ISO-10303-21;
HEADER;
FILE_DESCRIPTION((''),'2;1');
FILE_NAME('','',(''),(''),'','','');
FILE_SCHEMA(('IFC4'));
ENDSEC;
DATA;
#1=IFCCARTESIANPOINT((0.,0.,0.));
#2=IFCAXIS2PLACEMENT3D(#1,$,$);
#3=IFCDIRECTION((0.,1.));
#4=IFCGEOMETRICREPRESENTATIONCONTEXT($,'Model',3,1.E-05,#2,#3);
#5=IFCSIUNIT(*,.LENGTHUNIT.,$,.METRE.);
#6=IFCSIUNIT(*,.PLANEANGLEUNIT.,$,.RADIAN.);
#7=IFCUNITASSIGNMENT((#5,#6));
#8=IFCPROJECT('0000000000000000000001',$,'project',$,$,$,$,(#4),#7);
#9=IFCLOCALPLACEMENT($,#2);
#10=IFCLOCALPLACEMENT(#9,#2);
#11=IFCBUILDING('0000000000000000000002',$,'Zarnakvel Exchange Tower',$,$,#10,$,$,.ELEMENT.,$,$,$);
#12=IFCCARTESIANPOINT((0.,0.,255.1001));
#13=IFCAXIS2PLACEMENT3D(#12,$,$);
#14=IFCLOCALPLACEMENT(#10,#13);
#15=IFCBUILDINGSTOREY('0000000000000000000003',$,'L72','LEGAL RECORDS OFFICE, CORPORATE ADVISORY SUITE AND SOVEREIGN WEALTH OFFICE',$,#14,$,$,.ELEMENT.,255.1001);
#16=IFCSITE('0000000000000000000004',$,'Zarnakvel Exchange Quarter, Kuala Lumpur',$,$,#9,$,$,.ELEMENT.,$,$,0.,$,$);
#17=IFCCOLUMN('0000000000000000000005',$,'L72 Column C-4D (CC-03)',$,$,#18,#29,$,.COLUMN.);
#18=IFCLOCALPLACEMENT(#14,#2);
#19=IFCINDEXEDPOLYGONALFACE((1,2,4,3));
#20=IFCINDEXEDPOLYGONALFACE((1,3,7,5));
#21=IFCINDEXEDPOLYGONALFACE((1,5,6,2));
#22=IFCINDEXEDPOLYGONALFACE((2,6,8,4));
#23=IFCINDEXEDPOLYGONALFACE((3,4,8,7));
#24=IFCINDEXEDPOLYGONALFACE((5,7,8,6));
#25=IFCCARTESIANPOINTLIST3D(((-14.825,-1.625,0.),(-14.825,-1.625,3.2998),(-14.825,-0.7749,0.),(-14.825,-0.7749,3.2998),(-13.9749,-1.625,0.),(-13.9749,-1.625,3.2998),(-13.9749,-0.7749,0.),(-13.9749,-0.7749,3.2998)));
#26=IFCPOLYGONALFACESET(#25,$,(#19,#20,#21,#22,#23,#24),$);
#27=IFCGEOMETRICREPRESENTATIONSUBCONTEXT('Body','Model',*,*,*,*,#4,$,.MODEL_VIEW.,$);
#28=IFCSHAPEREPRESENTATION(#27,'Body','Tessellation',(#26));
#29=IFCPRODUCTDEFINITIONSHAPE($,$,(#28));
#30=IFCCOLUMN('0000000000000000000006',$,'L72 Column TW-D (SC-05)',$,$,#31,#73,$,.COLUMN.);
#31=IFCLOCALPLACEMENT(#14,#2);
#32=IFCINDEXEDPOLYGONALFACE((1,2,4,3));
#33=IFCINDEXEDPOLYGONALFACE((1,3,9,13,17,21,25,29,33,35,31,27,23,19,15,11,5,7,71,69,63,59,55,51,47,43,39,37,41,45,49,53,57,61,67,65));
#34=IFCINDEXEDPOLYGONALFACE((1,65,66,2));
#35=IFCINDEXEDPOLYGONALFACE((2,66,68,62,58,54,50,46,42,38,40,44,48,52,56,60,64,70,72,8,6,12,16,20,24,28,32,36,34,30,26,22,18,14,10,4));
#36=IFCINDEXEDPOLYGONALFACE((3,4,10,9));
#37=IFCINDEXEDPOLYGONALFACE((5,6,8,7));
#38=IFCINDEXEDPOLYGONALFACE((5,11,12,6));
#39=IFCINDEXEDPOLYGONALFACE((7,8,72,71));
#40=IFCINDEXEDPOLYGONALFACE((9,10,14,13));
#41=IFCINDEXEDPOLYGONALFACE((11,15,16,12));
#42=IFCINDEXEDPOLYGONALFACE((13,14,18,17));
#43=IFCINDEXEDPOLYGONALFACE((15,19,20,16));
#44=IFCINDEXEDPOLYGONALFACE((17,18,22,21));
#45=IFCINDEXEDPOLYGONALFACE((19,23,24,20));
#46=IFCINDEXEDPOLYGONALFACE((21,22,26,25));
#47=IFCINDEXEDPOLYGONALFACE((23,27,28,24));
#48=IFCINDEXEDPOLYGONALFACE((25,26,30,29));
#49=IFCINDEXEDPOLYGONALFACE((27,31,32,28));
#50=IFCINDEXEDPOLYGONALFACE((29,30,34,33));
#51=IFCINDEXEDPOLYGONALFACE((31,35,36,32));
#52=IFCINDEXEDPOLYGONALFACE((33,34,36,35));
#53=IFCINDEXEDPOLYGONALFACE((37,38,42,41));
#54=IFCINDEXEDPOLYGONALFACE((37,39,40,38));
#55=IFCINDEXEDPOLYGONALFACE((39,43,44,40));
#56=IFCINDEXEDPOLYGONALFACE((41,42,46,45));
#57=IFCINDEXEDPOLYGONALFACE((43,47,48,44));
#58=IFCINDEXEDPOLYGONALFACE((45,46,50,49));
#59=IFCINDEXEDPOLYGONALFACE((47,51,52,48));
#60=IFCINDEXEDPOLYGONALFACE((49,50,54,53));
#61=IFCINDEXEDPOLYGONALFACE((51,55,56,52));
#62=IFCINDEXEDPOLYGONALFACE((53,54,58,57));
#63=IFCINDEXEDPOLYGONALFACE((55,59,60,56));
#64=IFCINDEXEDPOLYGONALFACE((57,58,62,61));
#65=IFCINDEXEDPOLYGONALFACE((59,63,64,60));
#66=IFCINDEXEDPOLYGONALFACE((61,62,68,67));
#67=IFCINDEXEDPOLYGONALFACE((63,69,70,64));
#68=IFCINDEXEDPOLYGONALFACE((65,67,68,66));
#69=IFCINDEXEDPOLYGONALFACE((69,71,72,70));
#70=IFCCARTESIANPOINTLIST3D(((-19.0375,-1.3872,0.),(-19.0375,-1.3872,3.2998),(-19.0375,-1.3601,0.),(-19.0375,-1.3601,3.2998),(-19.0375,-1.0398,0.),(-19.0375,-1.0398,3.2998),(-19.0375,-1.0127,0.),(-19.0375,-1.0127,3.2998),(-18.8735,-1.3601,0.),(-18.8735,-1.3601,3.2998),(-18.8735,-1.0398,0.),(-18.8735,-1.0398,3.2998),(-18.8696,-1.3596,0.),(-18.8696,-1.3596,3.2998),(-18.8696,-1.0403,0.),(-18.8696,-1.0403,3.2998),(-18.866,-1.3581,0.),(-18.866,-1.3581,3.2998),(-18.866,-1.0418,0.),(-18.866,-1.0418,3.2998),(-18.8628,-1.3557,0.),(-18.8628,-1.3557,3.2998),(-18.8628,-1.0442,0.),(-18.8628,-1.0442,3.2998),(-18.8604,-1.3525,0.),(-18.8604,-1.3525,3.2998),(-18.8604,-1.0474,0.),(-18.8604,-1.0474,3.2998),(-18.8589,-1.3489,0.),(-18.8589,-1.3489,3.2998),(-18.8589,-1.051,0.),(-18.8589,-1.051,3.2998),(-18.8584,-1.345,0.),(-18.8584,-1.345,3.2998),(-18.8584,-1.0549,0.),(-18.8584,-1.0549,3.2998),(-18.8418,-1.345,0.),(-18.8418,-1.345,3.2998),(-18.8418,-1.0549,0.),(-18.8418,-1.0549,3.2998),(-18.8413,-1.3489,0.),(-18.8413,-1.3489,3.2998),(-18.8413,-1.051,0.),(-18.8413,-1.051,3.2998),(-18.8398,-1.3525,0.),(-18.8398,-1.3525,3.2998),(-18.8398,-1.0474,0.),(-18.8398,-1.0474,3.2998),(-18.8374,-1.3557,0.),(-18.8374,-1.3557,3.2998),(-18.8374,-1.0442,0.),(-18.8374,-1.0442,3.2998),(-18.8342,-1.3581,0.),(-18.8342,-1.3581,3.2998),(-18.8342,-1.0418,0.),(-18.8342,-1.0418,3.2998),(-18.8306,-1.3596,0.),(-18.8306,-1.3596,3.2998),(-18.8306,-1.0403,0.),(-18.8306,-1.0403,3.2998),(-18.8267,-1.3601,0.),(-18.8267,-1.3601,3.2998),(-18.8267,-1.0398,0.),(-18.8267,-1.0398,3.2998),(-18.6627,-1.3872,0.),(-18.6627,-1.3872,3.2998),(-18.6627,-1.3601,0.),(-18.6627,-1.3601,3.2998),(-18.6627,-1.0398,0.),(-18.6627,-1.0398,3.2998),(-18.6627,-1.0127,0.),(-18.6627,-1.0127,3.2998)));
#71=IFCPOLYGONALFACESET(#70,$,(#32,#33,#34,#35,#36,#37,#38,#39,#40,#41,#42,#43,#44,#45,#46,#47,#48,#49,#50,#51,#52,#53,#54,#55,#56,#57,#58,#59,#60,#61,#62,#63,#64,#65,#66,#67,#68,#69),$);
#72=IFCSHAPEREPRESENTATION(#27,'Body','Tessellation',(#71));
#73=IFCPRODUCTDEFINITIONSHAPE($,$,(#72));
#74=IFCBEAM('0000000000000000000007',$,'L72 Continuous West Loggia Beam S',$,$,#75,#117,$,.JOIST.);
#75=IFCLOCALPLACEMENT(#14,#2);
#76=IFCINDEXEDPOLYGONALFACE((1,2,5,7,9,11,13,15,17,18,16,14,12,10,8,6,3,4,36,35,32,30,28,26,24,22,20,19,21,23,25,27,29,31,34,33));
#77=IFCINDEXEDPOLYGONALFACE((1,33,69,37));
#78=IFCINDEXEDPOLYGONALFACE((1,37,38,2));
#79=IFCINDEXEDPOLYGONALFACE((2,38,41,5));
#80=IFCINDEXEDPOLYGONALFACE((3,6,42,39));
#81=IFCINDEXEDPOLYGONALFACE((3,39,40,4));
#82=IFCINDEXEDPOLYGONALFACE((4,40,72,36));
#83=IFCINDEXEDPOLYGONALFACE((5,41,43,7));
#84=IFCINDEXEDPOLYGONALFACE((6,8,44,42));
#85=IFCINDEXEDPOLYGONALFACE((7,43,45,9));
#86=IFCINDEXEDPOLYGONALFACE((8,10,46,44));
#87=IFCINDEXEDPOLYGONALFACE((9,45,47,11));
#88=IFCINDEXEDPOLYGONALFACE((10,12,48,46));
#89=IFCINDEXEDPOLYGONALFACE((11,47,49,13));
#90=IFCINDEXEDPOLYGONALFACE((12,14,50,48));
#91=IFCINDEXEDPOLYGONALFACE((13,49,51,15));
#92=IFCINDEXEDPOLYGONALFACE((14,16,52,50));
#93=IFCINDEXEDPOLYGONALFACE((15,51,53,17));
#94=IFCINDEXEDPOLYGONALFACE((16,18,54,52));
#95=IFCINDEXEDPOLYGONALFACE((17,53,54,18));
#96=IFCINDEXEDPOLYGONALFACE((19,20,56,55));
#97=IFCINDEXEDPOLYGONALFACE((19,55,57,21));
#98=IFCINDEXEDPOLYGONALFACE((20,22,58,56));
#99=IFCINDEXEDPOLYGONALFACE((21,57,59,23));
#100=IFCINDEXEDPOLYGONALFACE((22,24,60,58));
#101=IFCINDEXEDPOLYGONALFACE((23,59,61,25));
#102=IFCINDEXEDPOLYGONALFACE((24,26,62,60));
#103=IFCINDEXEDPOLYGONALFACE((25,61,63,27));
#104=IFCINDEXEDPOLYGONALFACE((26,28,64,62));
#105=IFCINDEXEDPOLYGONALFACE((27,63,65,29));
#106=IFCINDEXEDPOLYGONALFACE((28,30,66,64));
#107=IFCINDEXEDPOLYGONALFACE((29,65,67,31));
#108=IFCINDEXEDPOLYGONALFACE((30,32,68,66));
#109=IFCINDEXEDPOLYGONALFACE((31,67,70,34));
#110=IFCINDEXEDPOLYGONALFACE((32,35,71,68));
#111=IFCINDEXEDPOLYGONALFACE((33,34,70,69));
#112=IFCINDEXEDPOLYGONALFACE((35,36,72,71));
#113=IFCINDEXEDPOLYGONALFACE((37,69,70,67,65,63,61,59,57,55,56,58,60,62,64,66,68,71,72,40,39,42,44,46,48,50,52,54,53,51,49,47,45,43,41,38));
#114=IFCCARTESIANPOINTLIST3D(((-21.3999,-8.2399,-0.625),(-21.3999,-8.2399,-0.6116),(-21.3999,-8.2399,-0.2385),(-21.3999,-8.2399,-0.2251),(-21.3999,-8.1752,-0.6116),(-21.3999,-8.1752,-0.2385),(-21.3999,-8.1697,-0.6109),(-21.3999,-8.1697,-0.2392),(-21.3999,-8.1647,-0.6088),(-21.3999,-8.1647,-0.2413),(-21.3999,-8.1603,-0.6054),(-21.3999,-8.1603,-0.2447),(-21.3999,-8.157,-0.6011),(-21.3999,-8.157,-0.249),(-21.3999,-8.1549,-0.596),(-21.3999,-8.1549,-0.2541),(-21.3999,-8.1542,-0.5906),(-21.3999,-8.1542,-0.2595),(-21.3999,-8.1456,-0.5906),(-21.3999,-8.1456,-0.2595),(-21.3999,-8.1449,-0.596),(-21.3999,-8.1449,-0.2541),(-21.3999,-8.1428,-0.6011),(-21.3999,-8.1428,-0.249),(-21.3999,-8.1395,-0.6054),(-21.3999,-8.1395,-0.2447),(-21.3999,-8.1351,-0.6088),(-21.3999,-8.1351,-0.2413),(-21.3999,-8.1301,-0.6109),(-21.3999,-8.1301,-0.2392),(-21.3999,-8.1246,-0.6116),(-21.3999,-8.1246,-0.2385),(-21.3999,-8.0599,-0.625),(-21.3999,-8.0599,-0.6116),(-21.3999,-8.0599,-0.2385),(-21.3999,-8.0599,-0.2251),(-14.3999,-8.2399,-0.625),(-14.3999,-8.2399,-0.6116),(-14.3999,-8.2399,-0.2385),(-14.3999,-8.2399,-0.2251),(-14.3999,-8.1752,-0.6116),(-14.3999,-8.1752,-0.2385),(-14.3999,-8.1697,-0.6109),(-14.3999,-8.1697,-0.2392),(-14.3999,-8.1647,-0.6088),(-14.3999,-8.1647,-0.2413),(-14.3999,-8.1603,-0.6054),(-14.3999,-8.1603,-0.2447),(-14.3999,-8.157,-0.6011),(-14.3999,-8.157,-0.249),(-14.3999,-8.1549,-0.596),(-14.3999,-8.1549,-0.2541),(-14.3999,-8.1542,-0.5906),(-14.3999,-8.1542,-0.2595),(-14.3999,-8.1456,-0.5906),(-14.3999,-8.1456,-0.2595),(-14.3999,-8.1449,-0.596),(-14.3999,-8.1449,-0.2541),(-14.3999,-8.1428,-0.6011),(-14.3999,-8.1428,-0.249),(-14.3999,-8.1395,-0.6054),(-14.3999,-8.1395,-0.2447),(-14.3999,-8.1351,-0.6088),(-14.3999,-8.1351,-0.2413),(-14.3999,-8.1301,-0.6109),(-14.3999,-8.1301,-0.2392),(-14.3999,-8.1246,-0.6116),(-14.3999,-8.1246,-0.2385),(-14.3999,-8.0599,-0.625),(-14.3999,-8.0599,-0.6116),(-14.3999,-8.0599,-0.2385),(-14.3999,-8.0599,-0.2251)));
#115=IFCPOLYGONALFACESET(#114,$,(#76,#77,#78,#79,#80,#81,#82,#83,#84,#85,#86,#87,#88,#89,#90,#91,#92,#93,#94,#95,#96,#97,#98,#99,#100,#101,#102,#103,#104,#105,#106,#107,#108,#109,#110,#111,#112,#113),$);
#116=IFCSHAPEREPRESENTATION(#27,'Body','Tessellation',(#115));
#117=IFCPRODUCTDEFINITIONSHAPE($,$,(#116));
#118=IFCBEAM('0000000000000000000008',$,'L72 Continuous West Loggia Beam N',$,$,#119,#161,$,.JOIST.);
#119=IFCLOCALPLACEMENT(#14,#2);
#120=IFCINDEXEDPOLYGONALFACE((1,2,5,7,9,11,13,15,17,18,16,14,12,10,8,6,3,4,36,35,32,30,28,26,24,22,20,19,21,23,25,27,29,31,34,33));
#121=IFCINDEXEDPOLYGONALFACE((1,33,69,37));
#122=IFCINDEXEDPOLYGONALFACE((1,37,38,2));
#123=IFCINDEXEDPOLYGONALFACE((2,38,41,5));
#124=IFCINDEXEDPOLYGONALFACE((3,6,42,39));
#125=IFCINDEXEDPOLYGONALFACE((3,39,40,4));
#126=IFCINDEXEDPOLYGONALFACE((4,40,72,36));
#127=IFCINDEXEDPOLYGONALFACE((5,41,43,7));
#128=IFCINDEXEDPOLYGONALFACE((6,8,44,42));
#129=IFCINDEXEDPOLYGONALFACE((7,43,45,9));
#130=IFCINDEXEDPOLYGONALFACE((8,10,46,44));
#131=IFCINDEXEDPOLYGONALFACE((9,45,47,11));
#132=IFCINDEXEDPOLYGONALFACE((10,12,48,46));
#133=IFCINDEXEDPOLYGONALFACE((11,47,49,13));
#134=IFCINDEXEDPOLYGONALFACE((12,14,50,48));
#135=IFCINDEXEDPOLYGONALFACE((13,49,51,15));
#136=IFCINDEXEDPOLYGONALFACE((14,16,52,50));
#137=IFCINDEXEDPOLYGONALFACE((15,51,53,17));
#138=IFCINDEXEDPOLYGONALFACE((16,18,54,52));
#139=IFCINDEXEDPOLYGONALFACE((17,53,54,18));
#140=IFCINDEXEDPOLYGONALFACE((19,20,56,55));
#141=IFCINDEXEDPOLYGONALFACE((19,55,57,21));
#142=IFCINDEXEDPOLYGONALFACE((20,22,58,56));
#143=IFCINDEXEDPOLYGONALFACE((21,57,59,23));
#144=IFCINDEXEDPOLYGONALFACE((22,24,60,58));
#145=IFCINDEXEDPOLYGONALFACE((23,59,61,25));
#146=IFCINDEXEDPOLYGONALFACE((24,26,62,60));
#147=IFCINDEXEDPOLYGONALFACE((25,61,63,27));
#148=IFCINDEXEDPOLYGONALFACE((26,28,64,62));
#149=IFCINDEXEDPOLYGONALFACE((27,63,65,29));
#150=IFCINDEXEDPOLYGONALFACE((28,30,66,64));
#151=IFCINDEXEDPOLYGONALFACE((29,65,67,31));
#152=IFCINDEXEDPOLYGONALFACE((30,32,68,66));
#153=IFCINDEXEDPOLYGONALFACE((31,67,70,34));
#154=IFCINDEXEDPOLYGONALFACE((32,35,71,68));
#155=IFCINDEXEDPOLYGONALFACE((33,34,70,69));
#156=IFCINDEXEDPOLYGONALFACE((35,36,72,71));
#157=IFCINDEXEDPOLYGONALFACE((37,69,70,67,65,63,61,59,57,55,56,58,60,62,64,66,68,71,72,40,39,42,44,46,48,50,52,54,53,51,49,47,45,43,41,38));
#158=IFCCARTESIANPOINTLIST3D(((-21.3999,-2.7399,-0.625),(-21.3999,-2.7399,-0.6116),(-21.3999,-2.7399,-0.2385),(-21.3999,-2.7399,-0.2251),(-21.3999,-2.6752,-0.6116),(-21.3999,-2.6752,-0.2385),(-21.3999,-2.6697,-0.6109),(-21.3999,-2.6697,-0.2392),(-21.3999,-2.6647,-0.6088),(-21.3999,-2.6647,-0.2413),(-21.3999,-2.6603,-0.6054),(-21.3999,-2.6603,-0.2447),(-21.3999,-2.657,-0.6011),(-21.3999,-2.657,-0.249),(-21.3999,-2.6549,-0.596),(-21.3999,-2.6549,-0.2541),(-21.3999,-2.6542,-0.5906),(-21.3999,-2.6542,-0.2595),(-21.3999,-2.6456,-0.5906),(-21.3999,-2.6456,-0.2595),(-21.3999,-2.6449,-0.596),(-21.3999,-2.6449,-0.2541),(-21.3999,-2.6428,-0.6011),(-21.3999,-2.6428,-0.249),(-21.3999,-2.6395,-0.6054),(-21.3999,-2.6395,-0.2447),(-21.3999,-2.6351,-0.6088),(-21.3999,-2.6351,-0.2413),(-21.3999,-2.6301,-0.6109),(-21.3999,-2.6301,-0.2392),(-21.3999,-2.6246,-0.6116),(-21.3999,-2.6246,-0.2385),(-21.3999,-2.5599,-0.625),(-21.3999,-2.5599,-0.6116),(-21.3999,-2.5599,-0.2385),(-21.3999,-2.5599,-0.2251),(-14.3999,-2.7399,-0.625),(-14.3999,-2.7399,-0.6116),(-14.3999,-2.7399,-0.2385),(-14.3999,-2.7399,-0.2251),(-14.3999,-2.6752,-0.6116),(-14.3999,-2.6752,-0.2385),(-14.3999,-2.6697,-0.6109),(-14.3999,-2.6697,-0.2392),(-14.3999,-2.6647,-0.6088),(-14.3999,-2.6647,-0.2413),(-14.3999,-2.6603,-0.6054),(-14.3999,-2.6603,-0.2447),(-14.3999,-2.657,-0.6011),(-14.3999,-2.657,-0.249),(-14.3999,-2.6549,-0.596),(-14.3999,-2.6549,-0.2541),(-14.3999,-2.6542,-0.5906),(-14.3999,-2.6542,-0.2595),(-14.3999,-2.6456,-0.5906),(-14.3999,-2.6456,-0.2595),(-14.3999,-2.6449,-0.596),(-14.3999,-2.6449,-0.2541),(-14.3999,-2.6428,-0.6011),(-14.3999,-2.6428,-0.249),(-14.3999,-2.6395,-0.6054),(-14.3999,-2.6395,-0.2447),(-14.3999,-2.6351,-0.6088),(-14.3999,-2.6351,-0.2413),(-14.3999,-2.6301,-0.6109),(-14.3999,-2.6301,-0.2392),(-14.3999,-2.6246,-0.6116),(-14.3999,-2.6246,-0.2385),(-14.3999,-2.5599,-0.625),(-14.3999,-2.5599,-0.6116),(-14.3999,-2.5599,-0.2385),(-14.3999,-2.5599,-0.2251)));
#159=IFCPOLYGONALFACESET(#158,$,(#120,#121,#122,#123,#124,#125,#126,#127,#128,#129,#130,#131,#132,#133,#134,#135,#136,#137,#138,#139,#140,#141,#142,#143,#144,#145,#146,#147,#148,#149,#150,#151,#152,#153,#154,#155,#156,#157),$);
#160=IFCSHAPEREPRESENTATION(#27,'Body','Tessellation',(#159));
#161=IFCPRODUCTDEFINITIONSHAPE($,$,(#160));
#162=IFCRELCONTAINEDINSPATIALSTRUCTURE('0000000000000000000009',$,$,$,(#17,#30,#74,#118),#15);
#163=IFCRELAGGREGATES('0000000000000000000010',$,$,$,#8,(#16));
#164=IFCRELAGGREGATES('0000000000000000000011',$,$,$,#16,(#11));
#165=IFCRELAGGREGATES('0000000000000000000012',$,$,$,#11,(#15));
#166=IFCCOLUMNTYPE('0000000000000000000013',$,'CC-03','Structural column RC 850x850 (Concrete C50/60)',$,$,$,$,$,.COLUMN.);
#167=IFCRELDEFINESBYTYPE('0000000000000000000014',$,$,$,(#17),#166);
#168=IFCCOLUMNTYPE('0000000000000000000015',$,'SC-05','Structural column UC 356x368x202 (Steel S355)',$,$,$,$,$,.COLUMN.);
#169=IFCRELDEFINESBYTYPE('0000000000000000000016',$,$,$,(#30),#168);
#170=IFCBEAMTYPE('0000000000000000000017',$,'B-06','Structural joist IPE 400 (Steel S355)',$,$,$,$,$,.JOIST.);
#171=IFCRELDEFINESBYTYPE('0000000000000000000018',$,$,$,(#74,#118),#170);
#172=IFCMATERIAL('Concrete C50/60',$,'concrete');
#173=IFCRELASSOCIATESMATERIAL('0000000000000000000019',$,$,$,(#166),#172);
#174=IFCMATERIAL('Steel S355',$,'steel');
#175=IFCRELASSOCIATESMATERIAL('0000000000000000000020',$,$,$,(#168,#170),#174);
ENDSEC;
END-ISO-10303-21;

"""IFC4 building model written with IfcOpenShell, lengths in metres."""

from ifc_helpers import new_model, si_unit, direction, frame, origin, origin_2d, place, context, subcontext, project, spatial, rectangle, i_section, extrude, material, material_profile, profile_set, type_object, element, save


model = new_model("IFC4")

# Units and contexts
model_context = context("Model", 3, precision=1e-05, world=origin(), true_north=direction((0.0, 1.0)))
body_context = subcontext(model_context, "Body", "Model", "MODEL_VIEW")
ifc_project = project(units=[si_unit("LENGTHUNIT", "METRE"), si_unit("PLANEANGLEUNIT", "RADIAN")], contexts=[model_context])

# Site, building, storey
site_placement = place(None, origin())
site = spatial("IfcSite", under=ifc_project, at=site_placement, Name="Zarnakvel Exchange Quarter, Kuala Lumpur", CompositionType="ELEMENT", RefElevation=0.0)
building_placement = place(site_placement, origin())
building = spatial("IfcBuilding", under=site, at=building_placement, Name="Zarnakvel Exchange Tower", CompositionType="ELEMENT")
storey_placement = place(building_placement, frame((0.0, 0.0, 255.1001)))
storey = spatial("IfcBuildingStorey", under=building, at=storey_placement, Name="L72", Description="LEGAL RECORDS OFFICE, CORPORATE ADVISORY SUITE AND SOVEREIGN WEALTH OFFICE", CompositionType="ELEMENT", Elevation=255.1001)

# Columns
ifc_material_1 = material(Name="Concrete C50/60", Category="concrete")
ifc_material_profile_1 = material_profile(ifc_material_1, rectangle(XDim=0.8501, YDim=0.8501, at=origin_2d()))
ifc_profile_set_1 = profile_set([ifc_material_profile_1], Name="Concrete C50/60")
column_type_1 = type_object("IfcColumnType", Name="CC-03", Description="Structural column RC 850x850 (Concrete C50/60)", PredefinedType="COLUMN", material=ifc_profile_set_1)
column_1_placement = place(storey_placement, frame((-14.3999, -1.2, 0.0), z_axis=(0.0, 0.0, 1.0), x_axis=(1.0, 0.0, 0.0)))
element("IfcColumn", 1, at=column_1_placement, inside=storey, type_object=column_type_1, Name="L72 Column C-4D (CC-03)", PredefinedType="COLUMN", context=body_context, shape_type="SweptSolid", body=[
    extrude(rectangle(XDim=0.8501, YDim=0.8501, at=origin_2d()), origin(), (0.0, 0.0, 1.0), 3.2998),
])
ifc_material_2 = material(Name="Steel S355", Category="steel")
ifc_material_profile_2 = material_profile(ifc_material_2, i_section(OverallWidth=0.3748, OverallDepth=0.3745, WebThickness=0.0166, FlangeThickness=0.0271, FilletRadius=0.0151, at=origin_2d()))
ifc_profile_set_2 = profile_set([ifc_material_profile_2], Name="Steel S355")
column_type_2 = type_object("IfcColumnType", Name="SC-05", Description="Structural column UC 356x368x202 (Steel S355)", PredefinedType="COLUMN", material=ifc_profile_set_2)
column_2_placement = place(storey_placement, frame((-18.8501, -1.2, 0.0), z_axis=(0.0, 0.0, 1.0), x_axis=(1.0, 0.0, 0.0)))
element("IfcColumn", 2, at=column_2_placement, inside=storey, type_object=column_type_2, Name="L72 Column TW-D (SC-05)", PredefinedType="COLUMN", context=body_context, shape_type="SweptSolid", body=[
    extrude(i_section(OverallWidth=0.3748, OverallDepth=0.3745, WebThickness=0.0166, FlangeThickness=0.0271, FilletRadius=0.0151, at=origin_2d()), origin(), (0.0, 0.0, 1.0), 3.2998),
])

# Beams
ifc_material_profile_3 = material_profile(ifc_material_2, i_section(OverallWidth=0.1799, OverallDepth=0.3999, WebThickness=0.0085, FlangeThickness=0.0134, FilletRadius=0.021, at=origin_2d()))
ifc_profile_set_3 = profile_set([ifc_material_profile_3], Name="Steel S355")
beam_type_1 = type_object("IfcBeamType", Name="B-06", Description="Structural joist IPE 400 (Steel S355)", PredefinedType="JOIST", material=ifc_profile_set_3)
for number, where, z_axis, x_axis, name in (
    (3, (-14.3999, -8.1499, -0.425), (-1.0, 0.0, 0.0), (0.0, -1.0, 0.0), "L72 Continuous West Loggia Beam S"),
    (4, (-14.3999, -2.6499, -0.425), (-1.0, 0.0, 0.0), (0.0, -1.0, 0.0), "L72 Continuous West Loggia Beam N"),
):
    element("IfcBeam", number, at=place(storey_placement, frame(where, z_axis=z_axis, x_axis=x_axis)), inside=storey, type_object=beam_type_1, Name=name, PredefinedType="JOIST", context=body_context, shape_type="SweptSolid", body=[
        extrude(i_section(OverallWidth=0.1799, OverallDepth=0.3999, WebThickness=0.0085, FlangeThickness=0.0134, FilletRadius=0.021, at=origin_2d()), origin(), (0.0, 0.0, 1.0), 7.0),
    ])

save(model, "model.ifc")
